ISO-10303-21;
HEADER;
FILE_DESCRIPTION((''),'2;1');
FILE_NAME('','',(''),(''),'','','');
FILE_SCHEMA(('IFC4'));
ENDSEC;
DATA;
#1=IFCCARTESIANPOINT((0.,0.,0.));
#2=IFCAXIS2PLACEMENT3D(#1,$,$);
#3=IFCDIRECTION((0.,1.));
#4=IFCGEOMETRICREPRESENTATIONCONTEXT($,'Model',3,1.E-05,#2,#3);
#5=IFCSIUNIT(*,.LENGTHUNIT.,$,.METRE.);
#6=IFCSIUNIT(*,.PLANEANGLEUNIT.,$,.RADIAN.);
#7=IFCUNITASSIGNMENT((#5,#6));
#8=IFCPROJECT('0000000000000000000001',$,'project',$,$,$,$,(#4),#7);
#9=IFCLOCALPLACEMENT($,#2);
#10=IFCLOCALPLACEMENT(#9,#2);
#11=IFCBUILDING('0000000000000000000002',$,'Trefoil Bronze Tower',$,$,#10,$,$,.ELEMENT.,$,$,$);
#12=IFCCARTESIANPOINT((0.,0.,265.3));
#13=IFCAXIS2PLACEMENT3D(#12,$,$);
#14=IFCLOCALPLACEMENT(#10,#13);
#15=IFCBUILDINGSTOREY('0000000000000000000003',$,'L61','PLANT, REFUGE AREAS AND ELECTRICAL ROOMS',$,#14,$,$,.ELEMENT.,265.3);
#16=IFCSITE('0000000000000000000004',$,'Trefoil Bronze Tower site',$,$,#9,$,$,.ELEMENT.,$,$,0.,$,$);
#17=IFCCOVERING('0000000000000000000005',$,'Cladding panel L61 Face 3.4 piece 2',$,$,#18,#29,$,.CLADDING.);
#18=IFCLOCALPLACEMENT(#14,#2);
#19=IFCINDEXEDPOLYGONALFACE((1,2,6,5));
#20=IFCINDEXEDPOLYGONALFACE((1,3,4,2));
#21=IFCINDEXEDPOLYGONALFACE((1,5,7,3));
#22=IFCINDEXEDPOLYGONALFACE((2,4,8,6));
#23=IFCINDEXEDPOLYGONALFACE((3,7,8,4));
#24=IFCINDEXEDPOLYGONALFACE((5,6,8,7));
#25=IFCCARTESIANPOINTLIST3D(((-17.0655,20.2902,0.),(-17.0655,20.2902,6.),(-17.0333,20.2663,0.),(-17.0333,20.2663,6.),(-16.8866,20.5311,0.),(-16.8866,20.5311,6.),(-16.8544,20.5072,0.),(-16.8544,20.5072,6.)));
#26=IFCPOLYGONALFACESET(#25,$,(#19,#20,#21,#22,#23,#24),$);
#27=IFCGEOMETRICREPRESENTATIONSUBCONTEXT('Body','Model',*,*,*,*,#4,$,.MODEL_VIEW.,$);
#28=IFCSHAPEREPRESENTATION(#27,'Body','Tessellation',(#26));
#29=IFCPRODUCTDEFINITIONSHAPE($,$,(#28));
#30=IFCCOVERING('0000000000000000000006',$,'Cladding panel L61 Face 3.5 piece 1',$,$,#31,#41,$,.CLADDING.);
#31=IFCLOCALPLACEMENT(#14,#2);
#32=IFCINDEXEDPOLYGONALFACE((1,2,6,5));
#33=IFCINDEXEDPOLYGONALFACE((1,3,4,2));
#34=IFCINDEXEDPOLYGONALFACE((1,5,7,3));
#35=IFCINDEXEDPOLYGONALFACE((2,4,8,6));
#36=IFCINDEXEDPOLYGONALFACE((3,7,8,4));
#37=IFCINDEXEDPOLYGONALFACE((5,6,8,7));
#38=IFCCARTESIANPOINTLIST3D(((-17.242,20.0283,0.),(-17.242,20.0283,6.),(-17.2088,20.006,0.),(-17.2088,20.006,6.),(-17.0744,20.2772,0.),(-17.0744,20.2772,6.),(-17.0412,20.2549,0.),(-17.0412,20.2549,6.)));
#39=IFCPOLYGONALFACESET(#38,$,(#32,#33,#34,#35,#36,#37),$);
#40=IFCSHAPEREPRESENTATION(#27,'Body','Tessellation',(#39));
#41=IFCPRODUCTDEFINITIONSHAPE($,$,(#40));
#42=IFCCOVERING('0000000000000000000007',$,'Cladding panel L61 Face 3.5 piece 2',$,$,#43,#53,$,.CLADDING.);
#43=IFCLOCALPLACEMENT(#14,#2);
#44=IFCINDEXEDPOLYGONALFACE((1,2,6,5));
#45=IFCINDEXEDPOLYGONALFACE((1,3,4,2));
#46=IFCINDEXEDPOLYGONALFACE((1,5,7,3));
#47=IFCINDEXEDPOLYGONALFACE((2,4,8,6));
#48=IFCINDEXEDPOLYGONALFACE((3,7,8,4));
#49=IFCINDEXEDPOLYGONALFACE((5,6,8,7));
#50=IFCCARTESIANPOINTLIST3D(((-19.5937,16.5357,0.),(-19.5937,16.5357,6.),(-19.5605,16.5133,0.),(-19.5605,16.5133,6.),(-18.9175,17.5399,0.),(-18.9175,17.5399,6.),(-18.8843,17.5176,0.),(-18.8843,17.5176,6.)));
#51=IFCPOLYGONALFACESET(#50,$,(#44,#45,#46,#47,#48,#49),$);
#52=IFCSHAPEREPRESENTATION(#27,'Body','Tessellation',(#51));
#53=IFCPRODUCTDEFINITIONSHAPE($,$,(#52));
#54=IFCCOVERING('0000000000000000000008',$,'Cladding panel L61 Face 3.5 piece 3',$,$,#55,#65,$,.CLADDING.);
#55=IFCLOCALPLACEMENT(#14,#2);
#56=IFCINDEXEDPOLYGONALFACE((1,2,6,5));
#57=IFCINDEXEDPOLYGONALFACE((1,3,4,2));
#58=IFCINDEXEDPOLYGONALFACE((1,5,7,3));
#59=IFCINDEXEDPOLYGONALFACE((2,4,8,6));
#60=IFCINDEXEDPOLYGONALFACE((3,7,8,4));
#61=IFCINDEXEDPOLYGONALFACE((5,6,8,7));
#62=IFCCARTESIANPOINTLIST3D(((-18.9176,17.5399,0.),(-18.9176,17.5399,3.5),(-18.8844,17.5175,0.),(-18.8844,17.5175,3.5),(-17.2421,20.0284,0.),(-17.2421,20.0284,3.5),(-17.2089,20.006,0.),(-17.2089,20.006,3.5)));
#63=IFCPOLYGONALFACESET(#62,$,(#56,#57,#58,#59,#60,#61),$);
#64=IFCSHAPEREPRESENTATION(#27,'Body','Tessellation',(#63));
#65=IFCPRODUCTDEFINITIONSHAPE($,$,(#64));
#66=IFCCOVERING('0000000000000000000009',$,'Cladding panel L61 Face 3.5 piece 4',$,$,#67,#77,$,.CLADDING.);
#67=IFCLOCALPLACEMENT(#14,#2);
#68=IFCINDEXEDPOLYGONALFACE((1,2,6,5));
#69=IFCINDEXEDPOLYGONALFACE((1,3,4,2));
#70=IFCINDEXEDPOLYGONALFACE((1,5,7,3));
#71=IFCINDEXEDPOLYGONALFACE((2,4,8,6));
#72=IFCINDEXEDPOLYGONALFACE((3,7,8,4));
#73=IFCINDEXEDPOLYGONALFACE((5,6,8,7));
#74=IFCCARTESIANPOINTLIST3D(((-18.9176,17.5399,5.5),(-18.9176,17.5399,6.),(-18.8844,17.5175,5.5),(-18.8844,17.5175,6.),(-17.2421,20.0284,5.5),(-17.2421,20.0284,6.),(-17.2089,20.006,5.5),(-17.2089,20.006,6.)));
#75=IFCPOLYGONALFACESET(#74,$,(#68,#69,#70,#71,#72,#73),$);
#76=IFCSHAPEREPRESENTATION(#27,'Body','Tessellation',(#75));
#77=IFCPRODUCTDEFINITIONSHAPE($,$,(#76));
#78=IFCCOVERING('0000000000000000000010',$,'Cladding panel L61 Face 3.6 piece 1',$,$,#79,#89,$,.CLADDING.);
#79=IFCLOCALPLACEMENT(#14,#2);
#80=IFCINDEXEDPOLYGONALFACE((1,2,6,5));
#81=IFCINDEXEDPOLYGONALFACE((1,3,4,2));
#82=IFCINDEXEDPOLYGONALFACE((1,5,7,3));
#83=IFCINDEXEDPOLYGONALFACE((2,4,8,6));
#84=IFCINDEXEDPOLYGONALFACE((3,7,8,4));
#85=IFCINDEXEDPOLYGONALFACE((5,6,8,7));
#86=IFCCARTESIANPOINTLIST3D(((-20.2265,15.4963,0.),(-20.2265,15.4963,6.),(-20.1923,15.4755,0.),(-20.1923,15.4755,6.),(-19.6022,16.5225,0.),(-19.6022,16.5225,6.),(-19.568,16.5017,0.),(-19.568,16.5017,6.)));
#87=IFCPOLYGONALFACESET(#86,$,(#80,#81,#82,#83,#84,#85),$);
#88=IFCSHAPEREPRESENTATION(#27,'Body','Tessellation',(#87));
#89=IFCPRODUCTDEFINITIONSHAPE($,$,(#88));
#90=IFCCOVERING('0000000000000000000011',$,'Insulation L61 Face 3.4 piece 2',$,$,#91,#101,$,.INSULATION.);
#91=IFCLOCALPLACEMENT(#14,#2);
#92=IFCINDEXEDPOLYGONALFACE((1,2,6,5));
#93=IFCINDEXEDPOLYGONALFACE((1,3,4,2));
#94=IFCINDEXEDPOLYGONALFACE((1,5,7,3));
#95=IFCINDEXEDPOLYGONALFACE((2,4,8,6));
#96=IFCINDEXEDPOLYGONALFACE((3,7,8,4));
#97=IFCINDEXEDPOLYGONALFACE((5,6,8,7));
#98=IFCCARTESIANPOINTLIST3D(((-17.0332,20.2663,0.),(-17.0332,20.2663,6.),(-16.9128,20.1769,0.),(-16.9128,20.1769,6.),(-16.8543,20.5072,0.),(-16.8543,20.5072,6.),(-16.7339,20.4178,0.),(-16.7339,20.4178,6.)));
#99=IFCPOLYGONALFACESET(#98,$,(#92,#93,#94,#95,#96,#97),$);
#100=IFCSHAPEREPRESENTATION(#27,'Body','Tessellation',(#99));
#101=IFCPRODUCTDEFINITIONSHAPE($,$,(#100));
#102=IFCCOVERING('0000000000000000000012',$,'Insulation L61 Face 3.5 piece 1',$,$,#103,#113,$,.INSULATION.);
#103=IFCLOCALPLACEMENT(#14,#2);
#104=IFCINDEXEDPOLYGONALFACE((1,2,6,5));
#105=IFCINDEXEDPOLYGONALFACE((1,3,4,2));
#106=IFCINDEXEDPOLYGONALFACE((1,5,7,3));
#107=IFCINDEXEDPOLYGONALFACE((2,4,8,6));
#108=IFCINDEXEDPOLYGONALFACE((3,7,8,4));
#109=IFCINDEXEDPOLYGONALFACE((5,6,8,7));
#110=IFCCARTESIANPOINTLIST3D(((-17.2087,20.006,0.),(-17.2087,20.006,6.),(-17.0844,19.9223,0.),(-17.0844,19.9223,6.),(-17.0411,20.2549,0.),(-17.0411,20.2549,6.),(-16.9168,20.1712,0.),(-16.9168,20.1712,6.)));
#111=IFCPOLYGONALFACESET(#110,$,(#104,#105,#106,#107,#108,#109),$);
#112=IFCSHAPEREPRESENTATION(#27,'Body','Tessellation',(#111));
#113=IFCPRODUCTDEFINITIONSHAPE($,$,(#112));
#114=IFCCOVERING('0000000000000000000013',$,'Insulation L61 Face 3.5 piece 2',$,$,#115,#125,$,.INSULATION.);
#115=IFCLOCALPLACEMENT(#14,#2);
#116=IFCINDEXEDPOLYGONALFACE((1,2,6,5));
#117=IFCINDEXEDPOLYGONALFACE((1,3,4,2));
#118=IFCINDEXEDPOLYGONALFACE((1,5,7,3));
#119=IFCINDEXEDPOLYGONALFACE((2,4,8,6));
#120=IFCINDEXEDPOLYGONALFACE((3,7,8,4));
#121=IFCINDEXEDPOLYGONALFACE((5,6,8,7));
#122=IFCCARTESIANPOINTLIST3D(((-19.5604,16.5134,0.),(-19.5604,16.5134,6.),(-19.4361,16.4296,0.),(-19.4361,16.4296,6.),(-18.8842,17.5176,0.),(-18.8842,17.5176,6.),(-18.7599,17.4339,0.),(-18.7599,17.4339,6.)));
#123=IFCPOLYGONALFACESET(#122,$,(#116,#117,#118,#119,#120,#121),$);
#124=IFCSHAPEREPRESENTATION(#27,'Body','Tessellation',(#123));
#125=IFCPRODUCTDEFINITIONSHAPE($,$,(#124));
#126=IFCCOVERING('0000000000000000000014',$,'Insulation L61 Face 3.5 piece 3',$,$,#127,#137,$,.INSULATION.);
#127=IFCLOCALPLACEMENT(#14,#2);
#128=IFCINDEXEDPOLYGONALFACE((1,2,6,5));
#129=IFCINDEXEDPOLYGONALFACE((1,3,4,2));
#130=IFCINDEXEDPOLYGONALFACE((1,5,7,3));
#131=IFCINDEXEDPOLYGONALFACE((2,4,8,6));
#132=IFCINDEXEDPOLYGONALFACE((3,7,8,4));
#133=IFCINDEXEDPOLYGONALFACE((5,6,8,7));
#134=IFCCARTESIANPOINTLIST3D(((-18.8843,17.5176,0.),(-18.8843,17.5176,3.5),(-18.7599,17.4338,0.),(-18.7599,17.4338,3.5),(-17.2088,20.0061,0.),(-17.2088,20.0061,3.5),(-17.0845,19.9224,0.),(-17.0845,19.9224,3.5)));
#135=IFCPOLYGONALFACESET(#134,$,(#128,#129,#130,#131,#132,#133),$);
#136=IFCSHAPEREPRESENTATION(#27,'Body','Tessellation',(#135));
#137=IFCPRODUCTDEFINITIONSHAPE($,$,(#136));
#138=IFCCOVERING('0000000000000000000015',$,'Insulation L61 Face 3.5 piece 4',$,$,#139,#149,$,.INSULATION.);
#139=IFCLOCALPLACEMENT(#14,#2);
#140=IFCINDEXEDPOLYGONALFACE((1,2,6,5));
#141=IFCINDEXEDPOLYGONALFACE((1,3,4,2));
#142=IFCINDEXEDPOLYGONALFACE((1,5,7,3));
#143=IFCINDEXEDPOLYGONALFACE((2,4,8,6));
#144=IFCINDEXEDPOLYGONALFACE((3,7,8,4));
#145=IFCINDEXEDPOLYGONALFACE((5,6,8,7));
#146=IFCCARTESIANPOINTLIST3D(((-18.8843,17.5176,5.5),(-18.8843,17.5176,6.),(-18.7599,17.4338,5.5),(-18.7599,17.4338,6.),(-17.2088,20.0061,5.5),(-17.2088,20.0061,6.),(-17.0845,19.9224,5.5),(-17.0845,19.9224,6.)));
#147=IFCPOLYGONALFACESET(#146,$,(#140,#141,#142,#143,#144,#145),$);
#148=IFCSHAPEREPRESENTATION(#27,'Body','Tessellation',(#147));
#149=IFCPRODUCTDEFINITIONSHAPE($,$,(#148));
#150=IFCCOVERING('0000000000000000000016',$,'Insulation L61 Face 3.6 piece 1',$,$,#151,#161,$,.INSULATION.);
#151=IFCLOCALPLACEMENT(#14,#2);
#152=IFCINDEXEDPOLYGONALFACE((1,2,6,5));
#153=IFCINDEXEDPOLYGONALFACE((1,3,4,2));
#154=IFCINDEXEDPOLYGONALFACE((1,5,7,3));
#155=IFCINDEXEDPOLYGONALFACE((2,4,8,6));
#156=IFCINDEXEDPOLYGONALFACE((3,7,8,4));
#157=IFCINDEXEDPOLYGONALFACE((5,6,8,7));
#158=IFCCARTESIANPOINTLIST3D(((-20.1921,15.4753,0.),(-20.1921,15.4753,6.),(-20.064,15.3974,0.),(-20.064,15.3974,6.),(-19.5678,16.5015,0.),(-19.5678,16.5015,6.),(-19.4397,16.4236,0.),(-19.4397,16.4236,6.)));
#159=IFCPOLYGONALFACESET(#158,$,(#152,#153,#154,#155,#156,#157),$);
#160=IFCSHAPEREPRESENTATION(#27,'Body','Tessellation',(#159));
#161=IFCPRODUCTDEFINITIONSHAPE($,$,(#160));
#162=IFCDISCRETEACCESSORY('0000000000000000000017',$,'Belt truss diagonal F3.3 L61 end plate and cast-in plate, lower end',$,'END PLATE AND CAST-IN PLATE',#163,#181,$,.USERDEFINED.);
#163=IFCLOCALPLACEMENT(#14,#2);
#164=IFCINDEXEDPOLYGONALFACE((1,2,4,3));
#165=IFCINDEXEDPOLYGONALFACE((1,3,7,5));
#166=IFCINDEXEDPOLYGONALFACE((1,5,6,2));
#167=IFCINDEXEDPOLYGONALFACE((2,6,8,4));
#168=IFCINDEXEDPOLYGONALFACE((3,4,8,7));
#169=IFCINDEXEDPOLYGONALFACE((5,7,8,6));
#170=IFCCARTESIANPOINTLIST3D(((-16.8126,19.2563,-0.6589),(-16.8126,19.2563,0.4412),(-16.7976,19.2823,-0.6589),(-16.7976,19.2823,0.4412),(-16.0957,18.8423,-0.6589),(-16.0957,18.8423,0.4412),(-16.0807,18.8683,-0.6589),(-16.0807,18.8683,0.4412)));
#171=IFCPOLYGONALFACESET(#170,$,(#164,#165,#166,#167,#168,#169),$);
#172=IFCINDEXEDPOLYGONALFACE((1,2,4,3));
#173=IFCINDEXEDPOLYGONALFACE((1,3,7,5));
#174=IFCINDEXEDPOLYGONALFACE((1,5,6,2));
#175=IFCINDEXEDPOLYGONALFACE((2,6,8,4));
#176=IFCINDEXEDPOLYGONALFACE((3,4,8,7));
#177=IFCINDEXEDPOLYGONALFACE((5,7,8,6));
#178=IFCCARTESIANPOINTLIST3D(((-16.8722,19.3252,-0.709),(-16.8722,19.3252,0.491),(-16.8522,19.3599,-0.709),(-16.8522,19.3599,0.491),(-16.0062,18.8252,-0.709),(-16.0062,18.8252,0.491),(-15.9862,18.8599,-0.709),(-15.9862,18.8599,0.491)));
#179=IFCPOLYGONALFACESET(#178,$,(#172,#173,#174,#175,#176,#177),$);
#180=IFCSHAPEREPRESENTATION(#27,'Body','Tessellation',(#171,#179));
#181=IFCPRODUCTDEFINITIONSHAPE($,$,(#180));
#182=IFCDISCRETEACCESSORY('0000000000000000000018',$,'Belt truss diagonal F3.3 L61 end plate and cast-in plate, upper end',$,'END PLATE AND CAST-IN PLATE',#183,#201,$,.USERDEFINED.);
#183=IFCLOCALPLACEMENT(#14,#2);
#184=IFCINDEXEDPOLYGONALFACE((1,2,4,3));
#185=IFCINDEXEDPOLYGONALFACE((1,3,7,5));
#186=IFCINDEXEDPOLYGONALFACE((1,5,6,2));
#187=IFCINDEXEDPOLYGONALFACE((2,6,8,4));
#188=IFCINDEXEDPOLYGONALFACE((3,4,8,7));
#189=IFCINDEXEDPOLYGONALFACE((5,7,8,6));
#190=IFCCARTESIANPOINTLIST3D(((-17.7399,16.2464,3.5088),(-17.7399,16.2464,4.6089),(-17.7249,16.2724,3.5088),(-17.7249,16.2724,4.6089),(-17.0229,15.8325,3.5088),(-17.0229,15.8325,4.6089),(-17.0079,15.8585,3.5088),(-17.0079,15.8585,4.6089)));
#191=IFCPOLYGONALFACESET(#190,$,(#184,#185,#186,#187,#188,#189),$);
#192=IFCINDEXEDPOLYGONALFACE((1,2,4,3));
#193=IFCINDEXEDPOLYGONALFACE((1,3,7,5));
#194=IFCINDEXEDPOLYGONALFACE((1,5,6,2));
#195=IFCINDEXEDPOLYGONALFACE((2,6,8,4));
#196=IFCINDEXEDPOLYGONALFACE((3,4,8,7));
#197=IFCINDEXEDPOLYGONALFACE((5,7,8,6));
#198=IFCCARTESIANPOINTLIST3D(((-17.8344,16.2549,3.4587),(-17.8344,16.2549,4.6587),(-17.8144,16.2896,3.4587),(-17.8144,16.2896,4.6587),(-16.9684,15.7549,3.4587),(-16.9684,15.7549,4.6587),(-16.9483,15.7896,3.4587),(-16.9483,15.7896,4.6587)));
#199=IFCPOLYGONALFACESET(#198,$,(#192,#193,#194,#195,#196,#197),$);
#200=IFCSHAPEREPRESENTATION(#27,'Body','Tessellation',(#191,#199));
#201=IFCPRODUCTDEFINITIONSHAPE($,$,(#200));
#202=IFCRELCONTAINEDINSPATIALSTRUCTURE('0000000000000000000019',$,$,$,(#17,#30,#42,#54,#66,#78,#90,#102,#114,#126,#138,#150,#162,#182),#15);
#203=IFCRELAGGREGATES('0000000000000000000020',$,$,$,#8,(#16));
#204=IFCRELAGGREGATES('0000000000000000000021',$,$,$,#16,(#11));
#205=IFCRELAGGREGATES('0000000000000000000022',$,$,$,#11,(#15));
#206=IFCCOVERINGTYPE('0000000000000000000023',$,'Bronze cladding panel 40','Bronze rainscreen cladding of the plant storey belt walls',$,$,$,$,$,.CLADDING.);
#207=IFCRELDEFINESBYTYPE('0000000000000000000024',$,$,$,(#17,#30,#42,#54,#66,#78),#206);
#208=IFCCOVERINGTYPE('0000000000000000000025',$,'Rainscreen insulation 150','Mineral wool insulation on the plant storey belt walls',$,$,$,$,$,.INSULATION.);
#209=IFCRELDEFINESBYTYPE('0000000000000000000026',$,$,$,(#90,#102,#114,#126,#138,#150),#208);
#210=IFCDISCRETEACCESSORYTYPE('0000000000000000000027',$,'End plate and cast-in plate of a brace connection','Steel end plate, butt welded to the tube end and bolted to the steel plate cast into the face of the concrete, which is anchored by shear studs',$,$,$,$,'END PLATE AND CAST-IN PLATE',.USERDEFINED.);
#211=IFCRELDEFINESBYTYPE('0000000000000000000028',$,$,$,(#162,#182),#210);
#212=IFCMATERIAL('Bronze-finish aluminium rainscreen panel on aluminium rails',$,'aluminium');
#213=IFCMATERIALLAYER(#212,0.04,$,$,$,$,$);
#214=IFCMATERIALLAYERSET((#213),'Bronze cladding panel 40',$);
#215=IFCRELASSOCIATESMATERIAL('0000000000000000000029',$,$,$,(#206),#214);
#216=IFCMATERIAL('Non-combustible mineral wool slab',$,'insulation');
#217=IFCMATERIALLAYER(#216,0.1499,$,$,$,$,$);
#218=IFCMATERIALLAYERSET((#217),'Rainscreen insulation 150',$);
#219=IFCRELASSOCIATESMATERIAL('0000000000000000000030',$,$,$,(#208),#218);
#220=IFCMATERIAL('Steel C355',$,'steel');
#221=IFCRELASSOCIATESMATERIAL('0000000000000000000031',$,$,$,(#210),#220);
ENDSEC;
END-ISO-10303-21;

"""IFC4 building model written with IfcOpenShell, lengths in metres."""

from ifc_helpers import new_model, si_unit, direction, frame, origin, origin_2d, place, context, subcontext, project, spatial, rectangle, extrude, material, layer, layer_set, type_object, element, save


model = new_model("IFC4")

# Units and contexts
model_context = context("Model", 3, precision=1e-05, world=origin(), true_north=direction((0.0, 1.0)))
body_context = subcontext(model_context, "Body", "Model", "MODEL_VIEW")
ifc_project = project(units=[si_unit("LENGTHUNIT", "METRE"), si_unit("PLANEANGLEUNIT", "RADIAN")], contexts=[model_context])

# Site, building, storey
site_placement = place(None, origin())
site = spatial("IfcSite", under=ifc_project, at=site_placement, Name="Trefoil Bronze Tower site", CompositionType="ELEMENT", RefElevation=0.0)
building_placement = place(site_placement, origin())
building = spatial("IfcBuilding", under=site, at=building_placement, Name="Trefoil Bronze Tower", CompositionType="ELEMENT")
storey_placement = place(building_placement, frame((0.0, 0.0, 265.3)))
storey = spatial("IfcBuildingStorey", under=building, at=storey_placement, Name="L61", Description="PLANT, REFUGE AREAS AND ELECTRICAL ROOMS", CompositionType="ELEMENT", Elevation=265.3)

# Coverings
ifc_material_1 = material(Name="Bronze-finish aluminium rainscreen panel on aluminium rails", Category="aluminium")
ifc_layer_1 = layer(ifc_material_1, 0.04)
ifc_layer_set_1 = layer_set([ifc_layer_1], Name="Bronze cladding panel 40")
covering_type_1 = type_object("IfcCoveringType", Name="Bronze cladding panel 40", Description="Bronze rainscreen cladding of the plant storey belt walls", PredefinedType="CLADDING", material=ifc_layer_set_1)
for number, where, z_axis, x_axis, name in (
    (1, (-16.96, 20.3987, 0.0), (0.0, 0.0, 1.0), (-0.596162, -0.802865, 0.0), "Cladding panel L61 Face 3.4 piece 2"),
    (2, (-17.1416, 20.1416, 0.0), (0.0, 0.0, 1.0), (-0.558493, -0.829509, 0.0), "Cladding panel L61 Face 3.5 piece 1"),
):
    element("IfcCovering", number, at=place(storey_placement, frame(where, z_axis=z_axis, x_axis=x_axis)), inside=storey, type_object=covering_type_1, Name=name, PredefinedType="CLADDING", context=body_context, shape_type="SweptSolid", body=[
        extrude(rectangle(XDim=0.3, YDim=0.04, at=origin_2d()), origin(), (0.0, 0.0, 1.0), 6.0),
    ])
covering_1_placement = place(storey_placement, frame((-19.239, 17.0266, 0.0), z_axis=(0.0, 0.0, 1.0), x_axis=(-0.558493, -0.829509, 0.0)))
element("IfcCovering", 3, at=covering_1_placement, inside=storey, type_object=covering_type_1, Name="Cladding panel L61 Face 3.5 piece 2", PredefinedType="CLADDING", context=body_context, shape_type="SweptSolid", body=[
    extrude(rectangle(XDim=1.2107, YDim=0.04, at=origin_2d()), origin(), (0.0, 0.0, 1.0), 6.0),
])
covering_2_placement = place(storey_placement, frame((-18.0632, 18.7729, 0.0), z_axis=(0.0, 0.0, 1.0), x_axis=(-0.558493, -0.829509, 0.0)))
element("IfcCovering", 4, at=covering_2_placement, inside=storey, type_object=covering_type_1, Name="Cladding panel L61 Face 3.5 piece 3", PredefinedType="CLADDING", context=body_context, shape_type="SweptSolid", body=[
    extrude(rectangle(XDim=3.0, YDim=0.04, at=origin_2d()), origin(), (0.0, 0.0, 1.0), 3.5),
])
covering_3_placement = place(storey_placement, frame((-18.0632, 18.7729, 5.5), z_axis=(0.0, 0.0, 1.0), x_axis=(-0.558493, -0.829509, 0.0)))
element("IfcCovering", 5, at=covering_3_placement, inside=storey, type_object=covering_type_1, Name="Cladding panel L61 Face 3.5 piece 4", PredefinedType="CLADDING", context=body_context, shape_type="SweptSolid", body=[
    extrude(rectangle(XDim=3.0, YDim=0.04, at=origin_2d()), origin(), (0.0, 0.0, 1.0), 0.5),
])
covering_4_placement = place(storey_placement, frame((-19.8972, 15.999, 0.0), z_axis=(0.0, 0.0, 1.0), x_axis=(-0.519762, -0.854311, 0.0)))
element("IfcCovering", 6, at=covering_4_placement, inside=storey, type_object=covering_type_1, Name="Cladding panel L61 Face 3.6 piece 1", PredefinedType="CLADDING", context=body_context, shape_type="SweptSolid", body=[
    extrude(rectangle(XDim=1.2012, YDim=0.04, at=origin_2d()), origin(), (0.0, 0.0, 1.0), 6.0),
])
ifc_material_2 = material(Name="Non-combustible mineral wool slab", Category="insulation")
ifc_layer_2 = layer(ifc_material_2, 0.1499)
ifc_layer_set_2 = layer_set([ifc_layer_2], Name="Rainscreen insulation 150")
covering_type_2 = type_object("IfcCoveringType", Name="Rainscreen insulation 150", Description="Mineral wool insulation on the plant storey belt walls", PredefinedType="INSULATION", material=ifc_layer_set_2)
for number, where, z_axis, x_axis, name in (
    (7, (-16.8835, 20.342, 0.0), (0.0, 0.0, 1.0), (-0.596162, -0.802865, 0.0), "Insulation L61 Face 3.4 piece 2"),
    (8, (-17.0627, 20.0886, 0.0), (0.0, 0.0, 1.0), (-0.558493, -0.829509, 0.0), "Insulation L61 Face 3.5 piece 1"),
):
    element("IfcCovering", number, at=place(storey_placement, frame(where, z_axis=z_axis, x_axis=x_axis)), inside=storey, type_object=covering_type_2, Name=name, PredefinedType="INSULATION", context=body_context, shape_type="SweptSolid", body=[
        extrude(rectangle(XDim=0.3, YDim=0.1499, at=origin_2d()), origin(), (0.0, 0.0, 1.0), 6.0),
    ])
covering_5_placement = place(storey_placement, frame((-19.1602, 16.9736, 0.0), z_axis=(0.0, 0.0, 1.0), x_axis=(-0.558493, -0.829509, 0.0)))
element("IfcCovering", 9, at=covering_5_placement, inside=storey, type_object=covering_type_2, Name="Insulation L61 Face 3.5 piece 2", PredefinedType="INSULATION", context=body_context, shape_type="SweptSolid", body=[
    extrude(rectangle(XDim=1.2107, YDim=0.1499, at=origin_2d()), origin(), (0.0, 0.0, 1.0), 6.0),
])
covering_6_placement = place(storey_placement, frame((-17.9844, 18.72, 0.0), z_axis=(0.0, 0.0, 1.0), x_axis=(-0.558493, -0.829509, 0.0)))
element("IfcCovering", 10, at=covering_6_placement, inside=storey, type_object=covering_type_2, Name="Insulation L61 Face 3.5 piece 3", PredefinedType="INSULATION", context=body_context, shape_type="SweptSolid", body=[
    extrude(rectangle(XDim=3.0, YDim=0.1499, at=origin_2d()), origin(), (0.0, 0.0, 1.0), 3.5),
])
covering_7_placement = place(storey_placement, frame((-17.9844, 18.72, 5.5), z_axis=(0.0, 0.0, 1.0), x_axis=(-0.558493, -0.829509, 0.0)))
element("IfcCovering", 11, at=covering_7_placement, inside=storey, type_object=covering_type_2, Name="Insulation L61 Face 3.5 piece 4", PredefinedType="INSULATION", context=body_context, shape_type="SweptSolid", body=[
    extrude(rectangle(XDim=3.0, YDim=0.1499, at=origin_2d()), origin(), (0.0, 0.0, 1.0), 0.5),
])
covering_8_placement = place(storey_placement, frame((-19.8159, 15.9495, 0.0), z_axis=(0.0, 0.0, 1.0), x_axis=(-0.519762, -0.854311, 0.0)))
element("IfcCovering", 12, at=covering_8_placement, inside=storey, type_object=covering_type_2, Name="Insulation L61 Face 3.6 piece 1", PredefinedType="INSULATION", context=body_context, shape_type="SweptSolid", body=[
    extrude(rectangle(XDim=1.2012, YDim=0.1499, at=origin_2d()), origin(), (0.0, 0.0, 1.0), 6.0),
])

# Discrete accessories
ifc_material_3 = material(Name="Steel C355", Category="steel")
discrete_accessory_type = type_object("IfcDiscreteAccessoryType", Name="End plate and cast-in plate of a brace connection", Description="Steel end plate, butt welded to the tube end and bolted to the steel plate cast into the face of the concrete, which is anchored by shear studs", ElementType="END PLATE AND CAST-IN PLATE", PredefinedType="USERDEFINED", material=ifc_material_3)
for number, where, z_axis, x_axis, name in (
    (13, (-16.4392, 19.0752, -0.1089), (0.0, 0.0, 1.0), (-0.5, -0.866025, 0.0), "Belt truss diagonal F3.3 L61 end plate and cast-in plate, lower end"),
    (14, (-17.3813, 16.0396, 4.0588), (0.0, 0.0, 1.0), (0.5, 0.866025, 0.0), "Belt truss diagonal F3.3 L61 end plate and cast-in plate, upper end"),
):
    element("IfcDiscreteAccessory", number, at=place(storey_placement, frame(where, z_axis=z_axis, x_axis=x_axis)), inside=storey, type_object=discrete_accessory_type, Name=name, ObjectType="END PLATE AND CAST-IN PLATE", PredefinedType="USERDEFINED", context=body_context, shape_type="SweptSolid", body=[
        extrude(rectangle(XDim=0.03, YDim=0.8279, at=origin_2d()), frame((0.0149, 0.0, -0.55)), (0.0, 0.0, 1.0), 1.1001),
        extrude(rectangle(XDim=0.04, YDim=1.0, at=origin_2d()), frame((-0.02, 0.0, -0.6001)), (0.0, 0.0, 1.0), 1.2),
    ])

save(model, "model.ifc")
